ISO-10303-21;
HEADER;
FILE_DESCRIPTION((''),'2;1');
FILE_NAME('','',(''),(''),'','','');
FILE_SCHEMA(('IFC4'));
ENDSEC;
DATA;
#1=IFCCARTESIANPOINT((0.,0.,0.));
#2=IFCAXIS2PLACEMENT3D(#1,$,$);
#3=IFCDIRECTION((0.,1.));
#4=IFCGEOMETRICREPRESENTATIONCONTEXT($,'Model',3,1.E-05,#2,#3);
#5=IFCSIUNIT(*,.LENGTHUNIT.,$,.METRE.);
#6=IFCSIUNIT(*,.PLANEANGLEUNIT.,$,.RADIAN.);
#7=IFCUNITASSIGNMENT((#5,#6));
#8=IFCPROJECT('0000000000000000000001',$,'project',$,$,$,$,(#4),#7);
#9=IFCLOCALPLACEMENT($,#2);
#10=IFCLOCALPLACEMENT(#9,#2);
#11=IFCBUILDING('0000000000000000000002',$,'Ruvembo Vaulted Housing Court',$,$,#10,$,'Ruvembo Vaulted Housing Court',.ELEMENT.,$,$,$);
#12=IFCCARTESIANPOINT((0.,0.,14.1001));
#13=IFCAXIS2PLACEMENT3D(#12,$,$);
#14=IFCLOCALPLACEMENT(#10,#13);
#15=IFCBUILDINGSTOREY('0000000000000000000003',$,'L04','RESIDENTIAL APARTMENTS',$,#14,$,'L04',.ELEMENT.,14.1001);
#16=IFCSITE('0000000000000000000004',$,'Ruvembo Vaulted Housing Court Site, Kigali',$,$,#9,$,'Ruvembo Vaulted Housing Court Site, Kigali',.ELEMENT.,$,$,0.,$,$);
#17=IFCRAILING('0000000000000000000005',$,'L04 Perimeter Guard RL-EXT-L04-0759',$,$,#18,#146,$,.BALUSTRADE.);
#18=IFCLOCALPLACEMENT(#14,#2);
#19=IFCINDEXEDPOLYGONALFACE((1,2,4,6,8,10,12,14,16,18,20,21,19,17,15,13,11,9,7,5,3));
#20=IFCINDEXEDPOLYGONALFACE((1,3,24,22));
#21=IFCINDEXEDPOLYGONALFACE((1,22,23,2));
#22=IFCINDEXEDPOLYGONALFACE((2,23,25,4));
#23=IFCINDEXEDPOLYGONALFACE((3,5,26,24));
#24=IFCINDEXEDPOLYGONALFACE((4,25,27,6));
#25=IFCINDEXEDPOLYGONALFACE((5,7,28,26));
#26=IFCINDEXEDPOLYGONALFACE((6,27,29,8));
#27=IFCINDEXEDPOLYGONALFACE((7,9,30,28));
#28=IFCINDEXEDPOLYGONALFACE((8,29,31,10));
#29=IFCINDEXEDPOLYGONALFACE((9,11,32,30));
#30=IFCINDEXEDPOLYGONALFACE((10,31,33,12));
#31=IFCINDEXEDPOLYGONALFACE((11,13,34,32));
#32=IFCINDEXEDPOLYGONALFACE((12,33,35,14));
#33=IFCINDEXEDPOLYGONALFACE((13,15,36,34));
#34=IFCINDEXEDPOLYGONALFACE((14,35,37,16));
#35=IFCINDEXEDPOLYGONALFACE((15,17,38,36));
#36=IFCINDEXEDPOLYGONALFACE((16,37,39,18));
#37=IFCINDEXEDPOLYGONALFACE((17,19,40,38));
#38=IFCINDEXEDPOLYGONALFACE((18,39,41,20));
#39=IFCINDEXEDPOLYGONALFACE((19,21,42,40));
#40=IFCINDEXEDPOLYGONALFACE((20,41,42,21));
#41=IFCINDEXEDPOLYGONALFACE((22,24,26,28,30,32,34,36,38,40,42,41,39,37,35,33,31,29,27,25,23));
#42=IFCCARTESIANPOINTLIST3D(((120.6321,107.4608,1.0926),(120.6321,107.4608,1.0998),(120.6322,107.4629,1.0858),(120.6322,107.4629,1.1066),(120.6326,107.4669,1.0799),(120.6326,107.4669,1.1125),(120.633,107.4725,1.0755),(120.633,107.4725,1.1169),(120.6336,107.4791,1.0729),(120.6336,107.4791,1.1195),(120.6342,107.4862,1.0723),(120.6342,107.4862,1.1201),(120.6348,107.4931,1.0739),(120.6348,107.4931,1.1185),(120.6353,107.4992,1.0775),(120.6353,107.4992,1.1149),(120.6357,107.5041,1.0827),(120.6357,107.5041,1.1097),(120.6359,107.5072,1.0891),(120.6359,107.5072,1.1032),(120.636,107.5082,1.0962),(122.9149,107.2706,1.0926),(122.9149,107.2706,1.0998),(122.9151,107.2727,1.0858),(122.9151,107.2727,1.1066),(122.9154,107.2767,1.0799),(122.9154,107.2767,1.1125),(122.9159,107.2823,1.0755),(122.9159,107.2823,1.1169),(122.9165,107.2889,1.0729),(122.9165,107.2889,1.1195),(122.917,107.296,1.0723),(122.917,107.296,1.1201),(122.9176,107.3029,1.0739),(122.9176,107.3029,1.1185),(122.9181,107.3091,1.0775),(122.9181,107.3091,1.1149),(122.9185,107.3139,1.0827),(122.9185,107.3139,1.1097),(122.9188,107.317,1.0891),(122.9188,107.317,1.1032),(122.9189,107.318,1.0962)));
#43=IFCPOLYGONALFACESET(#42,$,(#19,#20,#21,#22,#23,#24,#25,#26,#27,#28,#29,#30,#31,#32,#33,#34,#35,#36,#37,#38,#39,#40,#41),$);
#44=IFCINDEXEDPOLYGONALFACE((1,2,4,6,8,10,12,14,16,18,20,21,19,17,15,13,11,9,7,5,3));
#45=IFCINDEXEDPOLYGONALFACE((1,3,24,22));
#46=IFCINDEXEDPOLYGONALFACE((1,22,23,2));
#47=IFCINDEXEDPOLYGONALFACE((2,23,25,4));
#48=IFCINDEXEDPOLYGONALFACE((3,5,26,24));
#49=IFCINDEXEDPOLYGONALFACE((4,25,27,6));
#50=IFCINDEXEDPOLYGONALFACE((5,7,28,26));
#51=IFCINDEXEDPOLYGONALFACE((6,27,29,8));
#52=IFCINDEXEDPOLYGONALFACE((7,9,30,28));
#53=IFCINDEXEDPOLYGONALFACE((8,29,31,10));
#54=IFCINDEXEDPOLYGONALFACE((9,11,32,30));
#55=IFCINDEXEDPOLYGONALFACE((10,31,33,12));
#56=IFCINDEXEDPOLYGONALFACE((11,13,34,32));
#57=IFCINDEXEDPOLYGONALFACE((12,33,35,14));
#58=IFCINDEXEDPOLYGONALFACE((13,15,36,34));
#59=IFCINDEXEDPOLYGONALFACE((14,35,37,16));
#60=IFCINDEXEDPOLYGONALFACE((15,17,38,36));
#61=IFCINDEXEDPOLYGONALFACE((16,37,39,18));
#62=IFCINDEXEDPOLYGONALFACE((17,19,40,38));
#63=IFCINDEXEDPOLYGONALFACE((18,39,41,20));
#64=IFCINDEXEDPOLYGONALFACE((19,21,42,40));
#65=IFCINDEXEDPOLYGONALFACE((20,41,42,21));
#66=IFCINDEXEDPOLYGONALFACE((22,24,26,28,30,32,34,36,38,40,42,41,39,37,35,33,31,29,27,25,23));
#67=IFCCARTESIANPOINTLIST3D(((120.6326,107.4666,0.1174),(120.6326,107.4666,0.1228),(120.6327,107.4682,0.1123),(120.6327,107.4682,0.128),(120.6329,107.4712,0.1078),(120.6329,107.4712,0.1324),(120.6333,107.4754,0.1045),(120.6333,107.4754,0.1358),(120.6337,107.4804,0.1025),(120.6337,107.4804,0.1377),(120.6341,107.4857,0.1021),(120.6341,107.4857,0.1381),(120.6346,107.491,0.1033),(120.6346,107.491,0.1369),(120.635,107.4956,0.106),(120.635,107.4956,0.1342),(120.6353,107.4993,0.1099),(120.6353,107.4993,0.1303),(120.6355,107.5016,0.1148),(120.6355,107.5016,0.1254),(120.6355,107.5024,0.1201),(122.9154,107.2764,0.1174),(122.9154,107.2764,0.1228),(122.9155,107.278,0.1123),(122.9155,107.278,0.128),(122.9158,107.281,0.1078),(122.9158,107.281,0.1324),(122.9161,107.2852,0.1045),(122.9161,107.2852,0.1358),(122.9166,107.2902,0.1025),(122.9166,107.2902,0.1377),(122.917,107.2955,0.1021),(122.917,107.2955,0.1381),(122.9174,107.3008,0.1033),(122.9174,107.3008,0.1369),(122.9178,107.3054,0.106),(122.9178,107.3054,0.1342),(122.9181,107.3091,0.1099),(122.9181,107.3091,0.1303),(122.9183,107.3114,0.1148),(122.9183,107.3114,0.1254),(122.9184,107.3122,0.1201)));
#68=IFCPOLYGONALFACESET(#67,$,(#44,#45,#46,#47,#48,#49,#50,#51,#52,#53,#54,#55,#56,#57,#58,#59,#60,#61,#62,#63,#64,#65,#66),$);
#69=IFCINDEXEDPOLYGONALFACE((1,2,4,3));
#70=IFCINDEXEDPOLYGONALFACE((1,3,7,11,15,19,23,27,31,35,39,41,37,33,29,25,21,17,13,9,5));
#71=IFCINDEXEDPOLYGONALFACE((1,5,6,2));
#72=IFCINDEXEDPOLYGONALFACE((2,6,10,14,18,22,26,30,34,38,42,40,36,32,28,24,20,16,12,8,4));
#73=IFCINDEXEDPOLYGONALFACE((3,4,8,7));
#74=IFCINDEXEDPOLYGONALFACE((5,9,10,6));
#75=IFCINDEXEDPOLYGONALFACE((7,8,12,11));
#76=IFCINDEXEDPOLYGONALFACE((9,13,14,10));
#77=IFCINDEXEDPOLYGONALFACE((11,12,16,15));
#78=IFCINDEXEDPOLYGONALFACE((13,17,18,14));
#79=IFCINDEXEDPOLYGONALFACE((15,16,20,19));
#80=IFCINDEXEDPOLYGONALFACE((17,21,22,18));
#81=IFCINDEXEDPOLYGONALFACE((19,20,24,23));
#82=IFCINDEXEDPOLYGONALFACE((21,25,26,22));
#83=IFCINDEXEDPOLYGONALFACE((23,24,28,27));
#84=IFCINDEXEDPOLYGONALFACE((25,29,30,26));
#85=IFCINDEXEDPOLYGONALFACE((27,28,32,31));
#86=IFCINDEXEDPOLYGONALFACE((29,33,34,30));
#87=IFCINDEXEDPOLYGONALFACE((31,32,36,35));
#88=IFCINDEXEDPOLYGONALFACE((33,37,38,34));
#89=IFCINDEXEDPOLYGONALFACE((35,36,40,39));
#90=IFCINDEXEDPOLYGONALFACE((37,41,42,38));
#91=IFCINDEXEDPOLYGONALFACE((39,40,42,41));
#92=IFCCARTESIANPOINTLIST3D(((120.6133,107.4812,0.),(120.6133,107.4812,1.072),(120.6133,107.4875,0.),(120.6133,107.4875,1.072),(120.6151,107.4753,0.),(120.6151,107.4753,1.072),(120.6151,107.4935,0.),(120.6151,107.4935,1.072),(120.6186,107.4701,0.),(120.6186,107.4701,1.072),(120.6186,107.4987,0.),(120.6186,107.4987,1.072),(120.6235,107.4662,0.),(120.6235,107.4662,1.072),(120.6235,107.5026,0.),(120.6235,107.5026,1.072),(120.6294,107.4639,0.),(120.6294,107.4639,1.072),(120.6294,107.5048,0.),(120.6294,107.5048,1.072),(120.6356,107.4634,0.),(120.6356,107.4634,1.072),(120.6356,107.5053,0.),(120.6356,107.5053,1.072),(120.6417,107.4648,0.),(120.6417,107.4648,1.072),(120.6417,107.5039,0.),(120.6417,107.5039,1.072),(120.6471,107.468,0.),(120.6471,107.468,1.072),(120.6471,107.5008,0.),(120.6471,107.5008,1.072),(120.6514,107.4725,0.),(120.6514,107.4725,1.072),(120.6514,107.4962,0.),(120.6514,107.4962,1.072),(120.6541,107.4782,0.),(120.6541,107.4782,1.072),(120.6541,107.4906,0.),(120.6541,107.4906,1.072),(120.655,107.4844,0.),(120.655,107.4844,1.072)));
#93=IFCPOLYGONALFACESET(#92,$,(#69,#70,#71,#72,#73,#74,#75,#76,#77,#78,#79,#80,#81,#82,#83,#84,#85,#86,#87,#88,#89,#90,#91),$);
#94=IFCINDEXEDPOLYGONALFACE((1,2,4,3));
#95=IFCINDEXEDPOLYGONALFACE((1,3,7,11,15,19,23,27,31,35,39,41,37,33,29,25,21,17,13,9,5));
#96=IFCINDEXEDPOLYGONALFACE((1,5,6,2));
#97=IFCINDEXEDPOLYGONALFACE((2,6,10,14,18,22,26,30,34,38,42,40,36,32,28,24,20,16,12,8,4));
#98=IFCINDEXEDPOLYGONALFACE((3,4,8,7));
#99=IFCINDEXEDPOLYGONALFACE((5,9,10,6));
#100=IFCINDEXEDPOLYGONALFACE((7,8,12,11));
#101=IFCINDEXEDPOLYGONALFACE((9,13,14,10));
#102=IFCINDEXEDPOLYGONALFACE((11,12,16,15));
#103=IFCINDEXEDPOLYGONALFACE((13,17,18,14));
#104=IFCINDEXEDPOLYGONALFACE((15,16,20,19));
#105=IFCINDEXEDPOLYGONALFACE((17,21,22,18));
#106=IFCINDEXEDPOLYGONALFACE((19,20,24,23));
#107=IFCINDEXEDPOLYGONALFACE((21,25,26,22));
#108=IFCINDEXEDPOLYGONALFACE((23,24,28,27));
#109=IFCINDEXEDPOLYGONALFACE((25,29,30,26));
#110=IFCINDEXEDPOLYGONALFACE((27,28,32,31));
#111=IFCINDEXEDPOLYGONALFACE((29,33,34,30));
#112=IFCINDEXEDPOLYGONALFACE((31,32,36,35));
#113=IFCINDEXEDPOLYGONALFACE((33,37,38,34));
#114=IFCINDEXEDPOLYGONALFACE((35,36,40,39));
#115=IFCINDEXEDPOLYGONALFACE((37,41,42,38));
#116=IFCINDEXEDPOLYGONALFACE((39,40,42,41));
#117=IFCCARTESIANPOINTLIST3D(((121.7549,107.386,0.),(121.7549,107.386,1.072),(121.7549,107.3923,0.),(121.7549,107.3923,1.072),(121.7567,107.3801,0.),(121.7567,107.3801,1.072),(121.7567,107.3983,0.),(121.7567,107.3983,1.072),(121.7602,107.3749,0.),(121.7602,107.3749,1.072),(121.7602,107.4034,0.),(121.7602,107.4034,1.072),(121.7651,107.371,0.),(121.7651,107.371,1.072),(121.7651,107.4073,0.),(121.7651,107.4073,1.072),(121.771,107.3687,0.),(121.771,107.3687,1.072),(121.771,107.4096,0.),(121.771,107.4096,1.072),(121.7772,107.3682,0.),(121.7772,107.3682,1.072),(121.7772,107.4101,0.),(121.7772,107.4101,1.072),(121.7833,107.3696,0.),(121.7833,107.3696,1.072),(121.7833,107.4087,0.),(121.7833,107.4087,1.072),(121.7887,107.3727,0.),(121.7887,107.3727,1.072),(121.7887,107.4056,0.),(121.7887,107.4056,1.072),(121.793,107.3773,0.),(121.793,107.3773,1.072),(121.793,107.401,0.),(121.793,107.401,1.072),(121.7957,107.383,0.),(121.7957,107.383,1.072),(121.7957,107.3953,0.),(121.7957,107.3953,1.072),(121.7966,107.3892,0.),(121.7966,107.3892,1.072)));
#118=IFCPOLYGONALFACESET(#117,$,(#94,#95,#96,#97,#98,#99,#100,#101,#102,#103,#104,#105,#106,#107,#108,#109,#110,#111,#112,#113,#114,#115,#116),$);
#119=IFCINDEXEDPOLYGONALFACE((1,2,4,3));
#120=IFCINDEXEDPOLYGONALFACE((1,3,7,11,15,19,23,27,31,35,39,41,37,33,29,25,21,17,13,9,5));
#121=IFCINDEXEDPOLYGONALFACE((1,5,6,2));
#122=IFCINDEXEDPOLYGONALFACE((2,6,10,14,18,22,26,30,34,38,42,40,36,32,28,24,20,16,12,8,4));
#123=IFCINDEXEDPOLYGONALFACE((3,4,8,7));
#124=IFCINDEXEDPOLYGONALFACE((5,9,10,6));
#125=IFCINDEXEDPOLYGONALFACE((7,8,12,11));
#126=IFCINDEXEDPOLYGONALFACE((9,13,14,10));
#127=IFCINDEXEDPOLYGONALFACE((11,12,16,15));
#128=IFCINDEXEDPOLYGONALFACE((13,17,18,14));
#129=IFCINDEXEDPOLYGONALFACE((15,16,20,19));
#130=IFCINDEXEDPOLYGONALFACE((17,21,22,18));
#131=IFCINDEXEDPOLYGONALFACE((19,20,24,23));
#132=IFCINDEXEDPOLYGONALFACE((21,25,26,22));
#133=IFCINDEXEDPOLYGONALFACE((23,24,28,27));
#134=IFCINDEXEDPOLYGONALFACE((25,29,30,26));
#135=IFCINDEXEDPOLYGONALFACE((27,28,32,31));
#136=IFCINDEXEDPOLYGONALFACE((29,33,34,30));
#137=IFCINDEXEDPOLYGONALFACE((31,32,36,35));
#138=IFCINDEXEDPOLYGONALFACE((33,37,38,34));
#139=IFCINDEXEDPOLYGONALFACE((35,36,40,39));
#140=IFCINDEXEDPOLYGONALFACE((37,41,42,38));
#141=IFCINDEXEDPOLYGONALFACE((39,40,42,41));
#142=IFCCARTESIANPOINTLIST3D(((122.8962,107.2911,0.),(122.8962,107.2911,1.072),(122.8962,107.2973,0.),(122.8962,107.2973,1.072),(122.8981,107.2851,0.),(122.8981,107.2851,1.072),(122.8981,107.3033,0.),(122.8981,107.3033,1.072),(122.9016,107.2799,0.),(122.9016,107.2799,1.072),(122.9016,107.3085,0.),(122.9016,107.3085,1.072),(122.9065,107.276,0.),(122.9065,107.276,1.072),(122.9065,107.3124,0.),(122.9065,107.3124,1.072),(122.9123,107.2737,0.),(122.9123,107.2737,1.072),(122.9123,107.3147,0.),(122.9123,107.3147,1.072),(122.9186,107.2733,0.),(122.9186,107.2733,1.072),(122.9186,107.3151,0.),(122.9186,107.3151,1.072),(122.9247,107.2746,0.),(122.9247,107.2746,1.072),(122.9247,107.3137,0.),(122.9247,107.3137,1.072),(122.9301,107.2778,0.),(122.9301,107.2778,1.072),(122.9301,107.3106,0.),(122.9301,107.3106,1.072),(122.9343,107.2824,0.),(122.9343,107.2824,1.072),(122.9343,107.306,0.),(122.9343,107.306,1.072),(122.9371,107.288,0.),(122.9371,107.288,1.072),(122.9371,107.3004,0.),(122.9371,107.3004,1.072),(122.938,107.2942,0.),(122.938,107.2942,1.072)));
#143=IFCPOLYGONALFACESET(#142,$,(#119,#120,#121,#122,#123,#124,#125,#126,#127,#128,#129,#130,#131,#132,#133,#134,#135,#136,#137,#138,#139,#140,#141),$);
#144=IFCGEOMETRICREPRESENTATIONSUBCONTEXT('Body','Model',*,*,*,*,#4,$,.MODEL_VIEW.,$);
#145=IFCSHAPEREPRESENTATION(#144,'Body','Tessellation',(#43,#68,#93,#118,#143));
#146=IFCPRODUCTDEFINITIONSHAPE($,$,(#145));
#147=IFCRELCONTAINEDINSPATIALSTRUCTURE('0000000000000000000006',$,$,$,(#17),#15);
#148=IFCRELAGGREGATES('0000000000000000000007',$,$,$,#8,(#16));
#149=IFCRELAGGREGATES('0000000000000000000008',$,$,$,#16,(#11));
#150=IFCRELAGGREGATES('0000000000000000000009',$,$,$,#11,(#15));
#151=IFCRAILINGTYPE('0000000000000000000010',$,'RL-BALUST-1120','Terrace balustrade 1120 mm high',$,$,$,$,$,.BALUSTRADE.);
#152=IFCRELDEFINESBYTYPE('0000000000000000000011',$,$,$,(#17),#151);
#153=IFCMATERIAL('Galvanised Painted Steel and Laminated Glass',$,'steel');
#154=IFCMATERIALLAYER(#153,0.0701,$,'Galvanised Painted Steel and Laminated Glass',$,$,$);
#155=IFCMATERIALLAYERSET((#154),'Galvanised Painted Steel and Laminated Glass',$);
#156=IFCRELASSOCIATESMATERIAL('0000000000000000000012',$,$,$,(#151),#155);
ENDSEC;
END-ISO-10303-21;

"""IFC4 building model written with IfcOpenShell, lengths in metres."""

from ifc_helpers import new_model, si_unit, direction, frame, origin, origin_2d, place, context, subcontext, project, spatial, circle, extrude, material, layer, layer_set, type_object, element, save


model = new_model("IFC4")

# Units and contexts
model_context = context("Model", 3, precision=1e-05, world=origin(), true_north=direction((0.0, 1.0)))
body_context = subcontext(model_context, "Body", "Model", "MODEL_VIEW")
ifc_project = project(units=[si_unit("LENGTHUNIT", "METRE"), si_unit("PLANEANGLEUNIT", "RADIAN")], contexts=[model_context])

# Site, building, storey
site_placement = place(None, origin())
site = spatial("IfcSite", under=ifc_project, at=site_placement, Name="Ruvembo Vaulted Housing Court Site, Kigali", LongName="Ruvembo Vaulted Housing Court Site, Kigali", CompositionType="ELEMENT", RefElevation=0.0)
building_placement = place(site_placement, origin())
building = spatial("IfcBuilding", under=site, at=building_placement, Name="Ruvembo Vaulted Housing Court", LongName="Ruvembo Vaulted Housing Court", CompositionType="ELEMENT")
storey_placement = place(building_placement, frame((0.0, 0.0, 14.1001)))
storey = spatial("IfcBuildingStorey", under=building, at=storey_placement, Name="L04", Description="RESIDENTIAL APARTMENTS", LongName="L04", CompositionType="ELEMENT", Elevation=14.1001)

# Railing
ifc_material_1 = material(Name="Galvanised Painted Steel and Laminated Glass", Category="steel")
ifc_layer_1 = layer(ifc_material_1, 0.0701, Name="Galvanised Painted Steel and Laminated Glass")
ifc_layer_set_1 = layer_set([ifc_layer_1], Name="Galvanised Painted Steel and Laminated Glass")
railing_type = type_object("IfcRailingType", Name="RL-BALUST-1120", Description="Terrace balustrade 1120 mm high", PredefinedType="BALUSTRADE", material=ifc_layer_set_1)
railing_1_placement = place(storey_placement, frame((120.634, 107.4844, 0.0)))
element("IfcRailing", 1, at=railing_1_placement, inside=storey, type_object=railing_type, Name="L04 Perimeter Guard RL-EXT-L04-0759", PredefinedType="BALUSTRADE", context=body_context, shape_type="SweptSolid", body=[
    extrude(circle(Radius=0.0239, at=origin_2d()), frame((0.0, 0.0, 1.0962), z_axis=(0.996548, -0.083019, 0.0), x_axis=(0.083019, 0.996548, 0.0)), (0.0, 0.0, 1.0), 2.2908),
    extrude(circle(Radius=0.0181, at=origin_2d()), frame((0.0, 0.0, 0.1201), z_axis=(0.996548, -0.083019, 0.0), x_axis=(0.083019, 0.996548, 0.0)), (0.0, 0.0, 1.0), 2.2908),
    extrude(circle(Radius=0.021, at=origin_2d()), origin(), (0.0, 0.0, 1.0), 1.072),
    extrude(circle(Radius=0.021, at=origin_2d()), frame((1.1416, -0.0952, 0.0)), (0.0, 0.0, 1.0), 1.072),
    extrude(circle(Radius=0.021, at=origin_2d()), frame((2.283, -0.1902, 0.0)), (0.0, 0.0, 1.0), 1.072),
])

save(model, "model.ifc")
